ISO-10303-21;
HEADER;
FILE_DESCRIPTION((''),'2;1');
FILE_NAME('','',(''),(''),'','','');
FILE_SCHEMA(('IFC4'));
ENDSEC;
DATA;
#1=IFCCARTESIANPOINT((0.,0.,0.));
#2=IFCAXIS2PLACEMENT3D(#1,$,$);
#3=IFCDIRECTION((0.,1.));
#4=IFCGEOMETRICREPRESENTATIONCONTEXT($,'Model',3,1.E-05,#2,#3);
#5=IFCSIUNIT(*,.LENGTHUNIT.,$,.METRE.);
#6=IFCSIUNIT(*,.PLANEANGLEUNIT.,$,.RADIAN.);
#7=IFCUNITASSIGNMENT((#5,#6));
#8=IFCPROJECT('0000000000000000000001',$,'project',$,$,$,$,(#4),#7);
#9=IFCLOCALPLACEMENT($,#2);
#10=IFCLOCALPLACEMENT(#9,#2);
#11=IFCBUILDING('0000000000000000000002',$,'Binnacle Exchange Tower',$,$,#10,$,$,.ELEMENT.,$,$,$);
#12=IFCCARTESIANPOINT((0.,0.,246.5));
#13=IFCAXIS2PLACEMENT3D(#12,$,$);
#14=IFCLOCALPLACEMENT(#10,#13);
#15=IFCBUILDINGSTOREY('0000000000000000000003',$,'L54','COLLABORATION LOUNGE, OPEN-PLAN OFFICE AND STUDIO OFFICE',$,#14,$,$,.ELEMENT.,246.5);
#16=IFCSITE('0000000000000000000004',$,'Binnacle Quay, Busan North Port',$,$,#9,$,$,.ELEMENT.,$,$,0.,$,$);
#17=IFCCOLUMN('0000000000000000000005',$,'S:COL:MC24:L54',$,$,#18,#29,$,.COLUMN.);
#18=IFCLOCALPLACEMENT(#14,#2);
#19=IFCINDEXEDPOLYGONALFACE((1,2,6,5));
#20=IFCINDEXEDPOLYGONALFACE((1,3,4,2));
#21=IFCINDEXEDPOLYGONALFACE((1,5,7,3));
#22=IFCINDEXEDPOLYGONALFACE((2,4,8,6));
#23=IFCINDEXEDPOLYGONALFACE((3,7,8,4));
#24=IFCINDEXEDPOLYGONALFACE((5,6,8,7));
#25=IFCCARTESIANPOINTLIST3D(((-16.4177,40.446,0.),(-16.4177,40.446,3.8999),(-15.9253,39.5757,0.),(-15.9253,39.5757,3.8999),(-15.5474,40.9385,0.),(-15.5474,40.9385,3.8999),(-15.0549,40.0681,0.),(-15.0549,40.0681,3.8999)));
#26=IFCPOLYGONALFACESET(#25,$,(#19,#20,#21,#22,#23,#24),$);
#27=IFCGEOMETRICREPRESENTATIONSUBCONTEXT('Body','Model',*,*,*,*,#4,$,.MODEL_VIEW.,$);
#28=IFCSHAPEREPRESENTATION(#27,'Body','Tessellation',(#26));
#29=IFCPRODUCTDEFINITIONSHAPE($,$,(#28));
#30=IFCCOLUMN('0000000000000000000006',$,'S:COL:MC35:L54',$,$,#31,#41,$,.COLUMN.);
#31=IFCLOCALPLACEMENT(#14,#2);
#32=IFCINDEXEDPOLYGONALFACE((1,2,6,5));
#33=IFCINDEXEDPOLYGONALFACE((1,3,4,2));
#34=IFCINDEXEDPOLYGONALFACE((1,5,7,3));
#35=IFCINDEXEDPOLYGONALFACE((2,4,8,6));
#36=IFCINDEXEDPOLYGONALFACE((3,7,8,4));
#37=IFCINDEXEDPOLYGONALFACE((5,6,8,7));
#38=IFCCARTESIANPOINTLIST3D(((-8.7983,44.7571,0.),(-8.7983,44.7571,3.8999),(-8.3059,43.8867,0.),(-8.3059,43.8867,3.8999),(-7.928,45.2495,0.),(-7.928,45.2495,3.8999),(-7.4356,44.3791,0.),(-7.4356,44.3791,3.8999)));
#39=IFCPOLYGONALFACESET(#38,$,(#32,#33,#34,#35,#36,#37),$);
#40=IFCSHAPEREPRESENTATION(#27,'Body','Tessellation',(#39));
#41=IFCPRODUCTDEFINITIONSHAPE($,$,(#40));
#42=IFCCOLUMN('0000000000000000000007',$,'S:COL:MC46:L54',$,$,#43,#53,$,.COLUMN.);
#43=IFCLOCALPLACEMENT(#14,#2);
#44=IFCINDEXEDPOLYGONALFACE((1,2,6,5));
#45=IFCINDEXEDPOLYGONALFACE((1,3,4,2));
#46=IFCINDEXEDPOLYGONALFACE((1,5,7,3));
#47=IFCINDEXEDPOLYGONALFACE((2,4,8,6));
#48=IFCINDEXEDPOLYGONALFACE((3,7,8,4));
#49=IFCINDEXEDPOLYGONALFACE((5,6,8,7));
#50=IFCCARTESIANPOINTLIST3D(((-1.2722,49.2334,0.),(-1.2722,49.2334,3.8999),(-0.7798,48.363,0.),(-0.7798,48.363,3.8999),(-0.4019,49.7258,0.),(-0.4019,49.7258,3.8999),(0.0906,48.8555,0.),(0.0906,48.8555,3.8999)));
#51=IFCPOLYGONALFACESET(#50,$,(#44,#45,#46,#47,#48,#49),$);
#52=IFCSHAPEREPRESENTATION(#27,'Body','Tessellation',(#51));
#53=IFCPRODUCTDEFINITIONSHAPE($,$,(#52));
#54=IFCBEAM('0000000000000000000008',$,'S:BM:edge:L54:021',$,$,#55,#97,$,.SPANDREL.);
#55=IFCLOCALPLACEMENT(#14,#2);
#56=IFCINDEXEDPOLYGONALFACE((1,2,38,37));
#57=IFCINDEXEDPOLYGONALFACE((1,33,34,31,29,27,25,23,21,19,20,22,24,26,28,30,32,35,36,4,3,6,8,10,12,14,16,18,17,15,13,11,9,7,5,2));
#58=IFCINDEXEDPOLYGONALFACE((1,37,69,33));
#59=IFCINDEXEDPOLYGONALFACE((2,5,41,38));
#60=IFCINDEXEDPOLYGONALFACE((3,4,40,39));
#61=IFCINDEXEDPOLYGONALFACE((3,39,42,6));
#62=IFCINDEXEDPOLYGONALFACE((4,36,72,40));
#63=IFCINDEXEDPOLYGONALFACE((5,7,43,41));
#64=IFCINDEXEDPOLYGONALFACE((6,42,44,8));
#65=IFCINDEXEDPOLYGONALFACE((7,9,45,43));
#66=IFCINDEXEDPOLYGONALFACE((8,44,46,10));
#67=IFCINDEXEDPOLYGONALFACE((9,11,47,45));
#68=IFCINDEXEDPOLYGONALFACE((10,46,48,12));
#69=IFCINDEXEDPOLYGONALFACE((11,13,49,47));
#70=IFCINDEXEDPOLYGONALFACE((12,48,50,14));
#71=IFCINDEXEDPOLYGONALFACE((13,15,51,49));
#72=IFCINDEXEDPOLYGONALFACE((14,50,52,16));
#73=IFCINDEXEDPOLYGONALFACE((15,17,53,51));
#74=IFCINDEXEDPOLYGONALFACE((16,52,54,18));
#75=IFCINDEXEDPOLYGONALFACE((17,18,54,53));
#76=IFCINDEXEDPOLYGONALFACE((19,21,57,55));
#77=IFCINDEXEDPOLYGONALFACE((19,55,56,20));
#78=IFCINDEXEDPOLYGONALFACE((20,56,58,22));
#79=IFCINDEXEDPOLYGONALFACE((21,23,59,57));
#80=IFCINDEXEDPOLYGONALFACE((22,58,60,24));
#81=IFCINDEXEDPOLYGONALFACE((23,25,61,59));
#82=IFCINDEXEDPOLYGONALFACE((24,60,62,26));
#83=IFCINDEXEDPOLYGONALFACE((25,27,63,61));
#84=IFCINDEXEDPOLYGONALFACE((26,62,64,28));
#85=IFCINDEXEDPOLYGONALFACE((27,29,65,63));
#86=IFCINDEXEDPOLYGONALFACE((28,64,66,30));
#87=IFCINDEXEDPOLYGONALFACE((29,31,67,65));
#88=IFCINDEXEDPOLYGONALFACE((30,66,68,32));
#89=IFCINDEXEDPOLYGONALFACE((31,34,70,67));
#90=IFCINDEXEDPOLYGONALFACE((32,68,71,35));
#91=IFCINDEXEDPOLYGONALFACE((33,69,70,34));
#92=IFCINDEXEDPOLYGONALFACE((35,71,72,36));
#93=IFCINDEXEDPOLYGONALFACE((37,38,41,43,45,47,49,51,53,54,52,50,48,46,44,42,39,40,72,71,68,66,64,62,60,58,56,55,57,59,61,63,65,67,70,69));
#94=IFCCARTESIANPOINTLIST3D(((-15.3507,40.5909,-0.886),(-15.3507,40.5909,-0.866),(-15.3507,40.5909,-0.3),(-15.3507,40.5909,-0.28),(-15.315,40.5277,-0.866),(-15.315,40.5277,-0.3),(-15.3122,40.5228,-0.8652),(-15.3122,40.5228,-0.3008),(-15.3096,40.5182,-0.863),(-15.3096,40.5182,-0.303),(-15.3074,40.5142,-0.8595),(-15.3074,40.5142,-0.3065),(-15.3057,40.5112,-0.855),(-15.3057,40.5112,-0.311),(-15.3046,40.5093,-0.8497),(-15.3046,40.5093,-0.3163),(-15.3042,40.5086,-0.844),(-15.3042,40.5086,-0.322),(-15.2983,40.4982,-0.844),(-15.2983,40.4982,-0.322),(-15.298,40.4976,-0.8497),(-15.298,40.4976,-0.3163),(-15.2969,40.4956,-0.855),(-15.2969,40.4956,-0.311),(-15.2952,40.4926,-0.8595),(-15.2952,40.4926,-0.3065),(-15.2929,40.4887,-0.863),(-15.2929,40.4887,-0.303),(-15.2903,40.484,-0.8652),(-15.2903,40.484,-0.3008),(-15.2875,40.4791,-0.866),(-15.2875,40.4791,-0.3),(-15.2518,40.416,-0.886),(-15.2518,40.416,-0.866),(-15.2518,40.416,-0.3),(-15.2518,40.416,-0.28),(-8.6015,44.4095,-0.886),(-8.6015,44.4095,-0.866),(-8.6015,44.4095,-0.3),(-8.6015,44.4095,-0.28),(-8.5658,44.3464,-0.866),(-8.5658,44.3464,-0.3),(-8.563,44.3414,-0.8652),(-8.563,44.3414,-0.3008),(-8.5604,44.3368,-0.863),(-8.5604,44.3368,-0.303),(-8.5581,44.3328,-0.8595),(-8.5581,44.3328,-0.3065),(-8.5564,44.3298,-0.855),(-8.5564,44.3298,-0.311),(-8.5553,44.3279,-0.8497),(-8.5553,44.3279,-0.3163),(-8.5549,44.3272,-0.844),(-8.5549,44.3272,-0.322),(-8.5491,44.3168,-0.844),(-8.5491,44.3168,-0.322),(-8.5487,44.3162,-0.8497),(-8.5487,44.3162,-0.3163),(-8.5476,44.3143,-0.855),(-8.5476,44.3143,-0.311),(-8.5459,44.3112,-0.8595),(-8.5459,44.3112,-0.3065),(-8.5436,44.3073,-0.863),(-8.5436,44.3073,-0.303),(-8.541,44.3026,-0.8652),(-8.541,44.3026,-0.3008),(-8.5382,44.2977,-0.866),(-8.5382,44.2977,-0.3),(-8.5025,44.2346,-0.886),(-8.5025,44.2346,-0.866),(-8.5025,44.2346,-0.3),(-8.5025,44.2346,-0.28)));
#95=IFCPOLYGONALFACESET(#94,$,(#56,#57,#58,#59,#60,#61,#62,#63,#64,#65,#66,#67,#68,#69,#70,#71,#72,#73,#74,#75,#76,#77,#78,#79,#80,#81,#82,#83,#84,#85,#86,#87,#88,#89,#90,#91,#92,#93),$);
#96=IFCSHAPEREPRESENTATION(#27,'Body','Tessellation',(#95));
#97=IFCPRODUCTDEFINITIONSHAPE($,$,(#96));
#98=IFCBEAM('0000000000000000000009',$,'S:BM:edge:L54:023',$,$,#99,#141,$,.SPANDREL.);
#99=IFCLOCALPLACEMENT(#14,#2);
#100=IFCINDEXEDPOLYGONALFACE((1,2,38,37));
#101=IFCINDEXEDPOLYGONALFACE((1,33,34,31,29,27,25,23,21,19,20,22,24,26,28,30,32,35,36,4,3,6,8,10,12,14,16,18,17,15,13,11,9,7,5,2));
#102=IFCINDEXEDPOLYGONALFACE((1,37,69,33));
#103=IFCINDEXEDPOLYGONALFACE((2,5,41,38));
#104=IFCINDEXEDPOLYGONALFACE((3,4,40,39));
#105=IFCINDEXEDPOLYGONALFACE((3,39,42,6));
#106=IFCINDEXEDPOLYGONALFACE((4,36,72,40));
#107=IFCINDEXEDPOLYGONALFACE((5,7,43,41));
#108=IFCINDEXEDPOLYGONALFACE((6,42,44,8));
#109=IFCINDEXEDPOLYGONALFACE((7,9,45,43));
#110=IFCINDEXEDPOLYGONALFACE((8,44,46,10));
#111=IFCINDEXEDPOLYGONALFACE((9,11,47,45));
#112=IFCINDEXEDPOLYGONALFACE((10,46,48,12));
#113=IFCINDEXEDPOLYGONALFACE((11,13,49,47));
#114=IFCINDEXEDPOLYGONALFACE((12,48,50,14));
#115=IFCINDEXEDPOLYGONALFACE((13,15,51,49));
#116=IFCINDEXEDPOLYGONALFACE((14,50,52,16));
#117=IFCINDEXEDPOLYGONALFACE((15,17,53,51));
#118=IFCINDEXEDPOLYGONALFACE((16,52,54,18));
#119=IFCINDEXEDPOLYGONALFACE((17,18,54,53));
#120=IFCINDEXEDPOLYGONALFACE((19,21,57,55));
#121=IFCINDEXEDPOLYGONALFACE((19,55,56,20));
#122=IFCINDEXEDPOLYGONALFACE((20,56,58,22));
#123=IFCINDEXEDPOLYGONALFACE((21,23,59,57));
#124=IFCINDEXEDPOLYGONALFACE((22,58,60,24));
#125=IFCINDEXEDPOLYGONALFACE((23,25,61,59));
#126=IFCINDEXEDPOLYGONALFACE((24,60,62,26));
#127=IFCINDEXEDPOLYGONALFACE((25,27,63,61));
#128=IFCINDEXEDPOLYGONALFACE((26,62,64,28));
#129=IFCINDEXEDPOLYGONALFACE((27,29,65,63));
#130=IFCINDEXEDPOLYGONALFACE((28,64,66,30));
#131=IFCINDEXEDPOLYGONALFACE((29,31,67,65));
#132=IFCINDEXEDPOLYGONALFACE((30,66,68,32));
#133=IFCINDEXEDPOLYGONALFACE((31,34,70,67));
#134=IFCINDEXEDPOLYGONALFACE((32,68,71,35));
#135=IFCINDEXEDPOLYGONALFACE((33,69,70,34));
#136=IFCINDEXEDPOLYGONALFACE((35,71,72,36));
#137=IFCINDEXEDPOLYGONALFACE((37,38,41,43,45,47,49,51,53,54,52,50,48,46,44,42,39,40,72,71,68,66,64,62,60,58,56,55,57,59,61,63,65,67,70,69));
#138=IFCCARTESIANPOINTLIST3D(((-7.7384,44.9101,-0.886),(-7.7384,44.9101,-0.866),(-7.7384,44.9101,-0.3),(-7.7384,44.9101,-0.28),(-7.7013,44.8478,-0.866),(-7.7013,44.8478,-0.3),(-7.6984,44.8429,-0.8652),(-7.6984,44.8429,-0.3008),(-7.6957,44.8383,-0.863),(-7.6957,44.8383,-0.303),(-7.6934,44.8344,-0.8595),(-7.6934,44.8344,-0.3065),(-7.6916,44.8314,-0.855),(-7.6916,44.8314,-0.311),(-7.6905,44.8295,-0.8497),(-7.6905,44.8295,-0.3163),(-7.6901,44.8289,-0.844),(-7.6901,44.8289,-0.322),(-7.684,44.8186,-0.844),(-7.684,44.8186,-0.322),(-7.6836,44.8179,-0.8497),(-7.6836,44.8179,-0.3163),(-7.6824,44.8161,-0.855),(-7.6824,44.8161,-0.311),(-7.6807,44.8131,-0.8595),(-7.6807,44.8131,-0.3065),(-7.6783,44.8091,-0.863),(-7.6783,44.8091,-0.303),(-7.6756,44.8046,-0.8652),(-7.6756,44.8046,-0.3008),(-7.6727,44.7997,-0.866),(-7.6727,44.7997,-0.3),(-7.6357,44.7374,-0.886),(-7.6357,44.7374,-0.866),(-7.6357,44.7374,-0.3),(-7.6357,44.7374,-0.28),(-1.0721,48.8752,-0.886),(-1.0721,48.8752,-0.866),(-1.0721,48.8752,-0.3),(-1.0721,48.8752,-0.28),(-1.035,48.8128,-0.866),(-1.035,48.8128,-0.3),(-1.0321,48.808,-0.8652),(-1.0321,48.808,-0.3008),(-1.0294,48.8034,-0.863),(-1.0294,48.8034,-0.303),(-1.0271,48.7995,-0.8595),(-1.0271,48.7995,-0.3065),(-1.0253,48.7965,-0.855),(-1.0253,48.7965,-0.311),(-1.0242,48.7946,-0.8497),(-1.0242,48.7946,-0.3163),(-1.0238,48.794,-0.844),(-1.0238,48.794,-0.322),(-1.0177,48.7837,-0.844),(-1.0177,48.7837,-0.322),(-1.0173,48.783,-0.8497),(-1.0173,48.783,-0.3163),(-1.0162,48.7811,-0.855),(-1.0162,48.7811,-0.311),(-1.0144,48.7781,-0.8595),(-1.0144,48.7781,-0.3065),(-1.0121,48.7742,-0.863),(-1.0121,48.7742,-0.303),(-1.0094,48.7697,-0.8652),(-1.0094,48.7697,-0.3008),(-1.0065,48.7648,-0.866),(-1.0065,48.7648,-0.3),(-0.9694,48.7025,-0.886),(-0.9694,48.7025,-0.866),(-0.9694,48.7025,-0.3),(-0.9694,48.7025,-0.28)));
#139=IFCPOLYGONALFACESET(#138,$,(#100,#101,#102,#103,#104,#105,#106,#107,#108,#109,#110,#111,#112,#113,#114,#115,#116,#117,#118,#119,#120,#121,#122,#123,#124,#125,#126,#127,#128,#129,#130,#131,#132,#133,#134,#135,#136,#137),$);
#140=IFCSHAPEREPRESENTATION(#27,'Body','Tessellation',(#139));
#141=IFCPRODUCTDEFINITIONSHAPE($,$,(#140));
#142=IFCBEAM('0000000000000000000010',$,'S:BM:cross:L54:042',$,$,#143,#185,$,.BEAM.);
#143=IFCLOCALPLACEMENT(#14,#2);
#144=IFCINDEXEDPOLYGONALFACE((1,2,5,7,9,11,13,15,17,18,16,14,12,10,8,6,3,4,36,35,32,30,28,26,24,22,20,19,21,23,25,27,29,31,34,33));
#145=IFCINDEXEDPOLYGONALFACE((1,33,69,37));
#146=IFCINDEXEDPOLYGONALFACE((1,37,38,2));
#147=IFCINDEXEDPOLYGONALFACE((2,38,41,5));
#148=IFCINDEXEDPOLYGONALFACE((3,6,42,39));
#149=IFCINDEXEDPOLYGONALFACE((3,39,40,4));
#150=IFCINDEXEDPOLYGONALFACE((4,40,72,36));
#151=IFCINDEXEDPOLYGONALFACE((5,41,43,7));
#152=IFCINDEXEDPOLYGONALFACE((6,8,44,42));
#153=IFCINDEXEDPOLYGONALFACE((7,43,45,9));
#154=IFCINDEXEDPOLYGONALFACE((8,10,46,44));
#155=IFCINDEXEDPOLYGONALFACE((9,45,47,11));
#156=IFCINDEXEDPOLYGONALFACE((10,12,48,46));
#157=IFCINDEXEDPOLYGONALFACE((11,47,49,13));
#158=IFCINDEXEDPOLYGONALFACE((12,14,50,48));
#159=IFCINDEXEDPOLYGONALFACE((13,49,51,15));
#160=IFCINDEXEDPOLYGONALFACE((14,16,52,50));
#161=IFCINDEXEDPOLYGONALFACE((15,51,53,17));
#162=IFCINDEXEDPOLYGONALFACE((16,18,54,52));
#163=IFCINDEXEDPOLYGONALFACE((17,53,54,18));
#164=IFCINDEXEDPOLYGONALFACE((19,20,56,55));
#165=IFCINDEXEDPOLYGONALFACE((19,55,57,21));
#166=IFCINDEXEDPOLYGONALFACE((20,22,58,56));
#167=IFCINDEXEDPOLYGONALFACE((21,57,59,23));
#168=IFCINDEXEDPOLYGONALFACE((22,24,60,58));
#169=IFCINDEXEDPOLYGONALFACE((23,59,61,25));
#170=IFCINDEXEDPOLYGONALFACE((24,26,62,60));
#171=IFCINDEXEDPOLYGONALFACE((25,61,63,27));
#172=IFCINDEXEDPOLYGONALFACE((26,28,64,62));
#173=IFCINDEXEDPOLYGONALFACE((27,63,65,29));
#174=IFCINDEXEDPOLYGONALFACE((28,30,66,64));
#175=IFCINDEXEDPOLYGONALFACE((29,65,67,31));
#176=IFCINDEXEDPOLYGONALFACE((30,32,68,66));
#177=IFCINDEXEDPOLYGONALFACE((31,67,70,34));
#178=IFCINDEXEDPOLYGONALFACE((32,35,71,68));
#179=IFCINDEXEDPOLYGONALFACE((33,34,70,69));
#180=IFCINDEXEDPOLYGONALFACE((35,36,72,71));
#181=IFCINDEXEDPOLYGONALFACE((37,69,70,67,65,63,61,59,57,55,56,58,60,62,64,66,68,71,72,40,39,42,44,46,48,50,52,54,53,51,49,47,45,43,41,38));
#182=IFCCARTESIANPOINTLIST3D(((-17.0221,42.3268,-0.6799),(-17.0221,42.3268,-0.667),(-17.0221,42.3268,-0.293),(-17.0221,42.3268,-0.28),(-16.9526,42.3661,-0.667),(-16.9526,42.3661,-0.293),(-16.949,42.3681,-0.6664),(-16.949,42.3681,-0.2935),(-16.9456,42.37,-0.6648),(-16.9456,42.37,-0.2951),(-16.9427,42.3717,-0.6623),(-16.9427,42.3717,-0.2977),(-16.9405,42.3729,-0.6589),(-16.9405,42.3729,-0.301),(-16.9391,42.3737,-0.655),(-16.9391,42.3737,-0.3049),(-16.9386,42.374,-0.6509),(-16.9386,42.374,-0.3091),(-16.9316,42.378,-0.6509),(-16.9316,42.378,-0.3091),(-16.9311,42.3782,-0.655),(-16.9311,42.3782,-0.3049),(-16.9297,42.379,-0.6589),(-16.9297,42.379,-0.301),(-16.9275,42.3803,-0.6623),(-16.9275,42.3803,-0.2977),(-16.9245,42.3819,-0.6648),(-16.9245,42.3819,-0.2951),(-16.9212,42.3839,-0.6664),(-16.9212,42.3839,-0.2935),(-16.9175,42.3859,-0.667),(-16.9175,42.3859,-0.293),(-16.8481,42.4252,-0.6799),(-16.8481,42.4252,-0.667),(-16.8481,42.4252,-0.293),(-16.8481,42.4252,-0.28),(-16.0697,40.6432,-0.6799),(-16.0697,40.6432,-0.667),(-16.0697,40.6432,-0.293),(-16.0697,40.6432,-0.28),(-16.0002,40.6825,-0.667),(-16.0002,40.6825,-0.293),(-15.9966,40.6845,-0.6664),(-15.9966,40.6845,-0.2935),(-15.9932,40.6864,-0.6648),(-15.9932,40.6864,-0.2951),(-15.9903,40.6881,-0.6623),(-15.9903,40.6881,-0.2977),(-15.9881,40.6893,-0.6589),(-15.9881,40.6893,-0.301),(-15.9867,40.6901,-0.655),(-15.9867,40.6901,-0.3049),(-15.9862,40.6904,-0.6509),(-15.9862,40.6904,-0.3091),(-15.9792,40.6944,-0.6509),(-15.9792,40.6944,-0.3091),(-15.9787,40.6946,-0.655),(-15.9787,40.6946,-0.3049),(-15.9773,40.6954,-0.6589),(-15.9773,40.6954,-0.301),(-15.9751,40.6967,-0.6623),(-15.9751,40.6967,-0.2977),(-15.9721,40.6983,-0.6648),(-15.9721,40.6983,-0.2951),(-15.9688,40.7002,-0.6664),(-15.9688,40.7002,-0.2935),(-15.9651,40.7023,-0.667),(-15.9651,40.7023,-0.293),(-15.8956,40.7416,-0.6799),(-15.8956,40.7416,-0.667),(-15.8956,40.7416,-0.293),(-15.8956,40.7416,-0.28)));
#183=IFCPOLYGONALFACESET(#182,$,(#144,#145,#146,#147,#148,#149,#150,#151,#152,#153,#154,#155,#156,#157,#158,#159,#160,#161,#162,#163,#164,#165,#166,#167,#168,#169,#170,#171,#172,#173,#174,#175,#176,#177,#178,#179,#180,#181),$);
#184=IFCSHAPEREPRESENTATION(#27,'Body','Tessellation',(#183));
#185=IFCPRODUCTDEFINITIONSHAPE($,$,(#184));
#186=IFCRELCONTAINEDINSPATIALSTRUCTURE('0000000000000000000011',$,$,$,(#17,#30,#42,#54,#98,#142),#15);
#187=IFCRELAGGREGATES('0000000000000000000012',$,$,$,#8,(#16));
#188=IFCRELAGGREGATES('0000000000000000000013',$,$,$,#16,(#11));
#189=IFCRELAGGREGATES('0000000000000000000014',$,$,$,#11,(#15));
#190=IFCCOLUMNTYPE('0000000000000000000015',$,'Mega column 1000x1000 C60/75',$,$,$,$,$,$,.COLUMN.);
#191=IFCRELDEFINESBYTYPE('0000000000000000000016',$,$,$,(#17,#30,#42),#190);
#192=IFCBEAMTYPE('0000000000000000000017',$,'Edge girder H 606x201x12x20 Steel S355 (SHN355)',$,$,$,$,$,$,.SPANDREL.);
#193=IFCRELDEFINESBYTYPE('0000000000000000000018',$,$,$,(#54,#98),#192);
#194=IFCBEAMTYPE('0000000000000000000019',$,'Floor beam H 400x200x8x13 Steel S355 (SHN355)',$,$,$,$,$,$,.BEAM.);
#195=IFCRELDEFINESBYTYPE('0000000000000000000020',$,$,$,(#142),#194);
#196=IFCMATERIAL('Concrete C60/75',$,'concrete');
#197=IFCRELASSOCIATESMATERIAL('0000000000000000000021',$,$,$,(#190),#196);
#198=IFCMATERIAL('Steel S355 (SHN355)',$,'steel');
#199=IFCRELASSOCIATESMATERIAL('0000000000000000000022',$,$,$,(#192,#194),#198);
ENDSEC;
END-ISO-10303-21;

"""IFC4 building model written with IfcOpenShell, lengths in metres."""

from ifc_helpers import new_model, si_unit, direction, frame, origin, origin_2d, place, context, subcontext, project, spatial, rectangle, i_section, extrude, material, material_profile, profile_set, type_object, element, save


model = new_model("IFC4")

# Units and contexts
model_context = context("Model", 3, precision=1e-05, world=origin(), true_north=direction((0.0, 1.0)))
body_context = subcontext(model_context, "Body", "Model", "MODEL_VIEW")
ifc_project = project(units=[si_unit("LENGTHUNIT", "METRE"), si_unit("PLANEANGLEUNIT", "RADIAN")], contexts=[model_context])

# Site, building, storey
site_placement = place(None, origin())
site = spatial("IfcSite", under=ifc_project, at=site_placement, Name="Binnacle Quay, Busan North Port", CompositionType="ELEMENT", RefElevation=0.0)
building_placement = place(site_placement, origin())
building = spatial("IfcBuilding", under=site, at=building_placement, Name="Binnacle Exchange Tower", CompositionType="ELEMENT")
storey_placement = place(building_placement, frame((0.0, 0.0, 246.5)))
storey = spatial("IfcBuildingStorey", under=building, at=storey_placement, Name="L54", Description="COLLABORATION LOUNGE, OPEN-PLAN OFFICE AND STUDIO OFFICE", CompositionType="ELEMENT", Elevation=246.5)

# Columns
ifc_material_1 = material(Name="Concrete C60/75", Category="concrete")
ifc_material_profile_1 = material_profile(ifc_material_1, rectangle(XDim=1.0, YDim=1.0, at=origin_2d()), Name="Mega column 1000x1000 C60/75")
ifc_profile_set_1 = profile_set([ifc_material_profile_1], Name="Concrete C60/75")
column_type = type_object("IfcColumnType", Name="Mega column 1000x1000 C60/75", PredefinedType="COLUMN", material=ifc_profile_set_1)
for number, where, z_axis, x_axis, name in (
    (1, (-15.7363, 40.2571, 0.0), (0.0, 0.0, 1.0), (0.870356, 0.492424, 0.0), "S:COL:MC24:L54"),
    (2, (-8.1169, 44.5681, 0.0), (0.0, 0.0, 1.0), (0.870356, 0.492424, 0.0), "S:COL:MC35:L54"),
    (3, (-0.5908, 49.0444, 0.0), (0.0, 0.0, 1.0), (0.870356, 0.492424, 0.0), "S:COL:MC46:L54"),
):
    element("IfcColumn", number, at=place(storey_placement, frame(where, z_axis=z_axis, x_axis=x_axis)), inside=storey, type_object=column_type, Name=name, PredefinedType="COLUMN", context=body_context, shape_type="SweptSolid", body=[
        extrude(rectangle(XDim=1.0, YDim=1.0, at=origin_2d()), origin(), (0.0, 0.0, 1.0), 3.8999),
    ])

# Beams
ifc_material_2 = material(Name="Steel S355 (SHN355)", Category="steel")
ifc_material_profile_2 = material_profile(ifc_material_2, i_section(OverallWidth=0.2009, OverallDepth=0.606, WebThickness=0.012, FlangeThickness=0.02, FilletRadius=0.022, at=origin_2d()), Name="H 606x201x12x20")
ifc_profile_set_2 = profile_set([ifc_material_profile_2], Name="Steel S355 (SHN355)")
beam_type_1 = type_object("IfcBeamType", Name="Edge girder H 606x201x12x20 Steel S355 (SHN355)", PredefinedType="SPANDREL", material=ifc_profile_set_2)
beam_1_placement = place(storey_placement, frame((-15.3013, 40.5034, -0.583), z_axis=(0.870353, 0.492429, 0.0), x_axis=(-0.492429, 0.870353, 0.0)))
element("IfcBeam", 4, at=beam_1_placement, inside=storey, type_object=beam_type_1, Name="S:BM:edge:L54:021", PredefinedType="SPANDREL", context=body_context, shape_type="SweptSolid", body=[
    extrude(i_section(OverallWidth=0.2009, OverallDepth=0.606, WebThickness=0.012, FlangeThickness=0.02, FilletRadius=0.022, at=origin_2d()), origin(), (0.0, 0.0, 1.0), 7.7546),
])
beam_2_placement = place(storey_placement, frame((-7.687, 44.8237, -0.583), z_axis=(0.859459, 0.511205, 0.0), x_axis=(-0.511205, 0.859459, 0.0)))
element("IfcBeam", 5, at=beam_2_placement, inside=storey, type_object=beam_type_1, Name="S:BM:edge:L54:023", PredefinedType="SPANDREL", context=body_context, shape_type="SweptSolid", body=[
    extrude(i_section(OverallWidth=0.2009, OverallDepth=0.606, WebThickness=0.012, FlangeThickness=0.02, FilletRadius=0.022, at=origin_2d()), origin(), (0.0, 0.0, 1.0), 7.7563),
])
ifc_material_profile_3 = material_profile(ifc_material_2, i_section(OverallWidth=0.2, OverallDepth=0.3999, WebThickness=0.0081, FlangeThickness=0.0129, FilletRadius=0.0161, at=origin_2d()), Name="H 400x200x8x13")
ifc_profile_set_3 = profile_set([ifc_material_profile_3], Name="Steel S355 (SHN355)")
beam_type_2 = type_object("IfcBeamType", Name="Floor beam H 400x200x8x13 Steel S355 (SHN355)", PredefinedType="BEAM", material=ifc_profile_set_3)
for number, where, z_axis, x_axis, name in (
    (6, (-15.9827, 40.6924, -0.48), (-0.492369, 0.870386, 0.0), (-0.870386, -0.492369, 0.0), "S:BM:cross:L54:042"),
):
    element("IfcBeam", number, at=place(storey_placement, frame(where, z_axis=z_axis, x_axis=x_axis)), inside=storey, type_object=beam_type_2, Name=name, PredefinedType="BEAM", context=body_context, shape_type="SweptSolid", body=[
        extrude(i_section(OverallWidth=0.2, OverallDepth=0.3999, WebThickness=0.0081, FlangeThickness=0.0129, FilletRadius=0.0161, at=origin_2d()), origin(), (0.0, 0.0, 1.0), 1.9343),
    ])

save(model, "model.ifc")
